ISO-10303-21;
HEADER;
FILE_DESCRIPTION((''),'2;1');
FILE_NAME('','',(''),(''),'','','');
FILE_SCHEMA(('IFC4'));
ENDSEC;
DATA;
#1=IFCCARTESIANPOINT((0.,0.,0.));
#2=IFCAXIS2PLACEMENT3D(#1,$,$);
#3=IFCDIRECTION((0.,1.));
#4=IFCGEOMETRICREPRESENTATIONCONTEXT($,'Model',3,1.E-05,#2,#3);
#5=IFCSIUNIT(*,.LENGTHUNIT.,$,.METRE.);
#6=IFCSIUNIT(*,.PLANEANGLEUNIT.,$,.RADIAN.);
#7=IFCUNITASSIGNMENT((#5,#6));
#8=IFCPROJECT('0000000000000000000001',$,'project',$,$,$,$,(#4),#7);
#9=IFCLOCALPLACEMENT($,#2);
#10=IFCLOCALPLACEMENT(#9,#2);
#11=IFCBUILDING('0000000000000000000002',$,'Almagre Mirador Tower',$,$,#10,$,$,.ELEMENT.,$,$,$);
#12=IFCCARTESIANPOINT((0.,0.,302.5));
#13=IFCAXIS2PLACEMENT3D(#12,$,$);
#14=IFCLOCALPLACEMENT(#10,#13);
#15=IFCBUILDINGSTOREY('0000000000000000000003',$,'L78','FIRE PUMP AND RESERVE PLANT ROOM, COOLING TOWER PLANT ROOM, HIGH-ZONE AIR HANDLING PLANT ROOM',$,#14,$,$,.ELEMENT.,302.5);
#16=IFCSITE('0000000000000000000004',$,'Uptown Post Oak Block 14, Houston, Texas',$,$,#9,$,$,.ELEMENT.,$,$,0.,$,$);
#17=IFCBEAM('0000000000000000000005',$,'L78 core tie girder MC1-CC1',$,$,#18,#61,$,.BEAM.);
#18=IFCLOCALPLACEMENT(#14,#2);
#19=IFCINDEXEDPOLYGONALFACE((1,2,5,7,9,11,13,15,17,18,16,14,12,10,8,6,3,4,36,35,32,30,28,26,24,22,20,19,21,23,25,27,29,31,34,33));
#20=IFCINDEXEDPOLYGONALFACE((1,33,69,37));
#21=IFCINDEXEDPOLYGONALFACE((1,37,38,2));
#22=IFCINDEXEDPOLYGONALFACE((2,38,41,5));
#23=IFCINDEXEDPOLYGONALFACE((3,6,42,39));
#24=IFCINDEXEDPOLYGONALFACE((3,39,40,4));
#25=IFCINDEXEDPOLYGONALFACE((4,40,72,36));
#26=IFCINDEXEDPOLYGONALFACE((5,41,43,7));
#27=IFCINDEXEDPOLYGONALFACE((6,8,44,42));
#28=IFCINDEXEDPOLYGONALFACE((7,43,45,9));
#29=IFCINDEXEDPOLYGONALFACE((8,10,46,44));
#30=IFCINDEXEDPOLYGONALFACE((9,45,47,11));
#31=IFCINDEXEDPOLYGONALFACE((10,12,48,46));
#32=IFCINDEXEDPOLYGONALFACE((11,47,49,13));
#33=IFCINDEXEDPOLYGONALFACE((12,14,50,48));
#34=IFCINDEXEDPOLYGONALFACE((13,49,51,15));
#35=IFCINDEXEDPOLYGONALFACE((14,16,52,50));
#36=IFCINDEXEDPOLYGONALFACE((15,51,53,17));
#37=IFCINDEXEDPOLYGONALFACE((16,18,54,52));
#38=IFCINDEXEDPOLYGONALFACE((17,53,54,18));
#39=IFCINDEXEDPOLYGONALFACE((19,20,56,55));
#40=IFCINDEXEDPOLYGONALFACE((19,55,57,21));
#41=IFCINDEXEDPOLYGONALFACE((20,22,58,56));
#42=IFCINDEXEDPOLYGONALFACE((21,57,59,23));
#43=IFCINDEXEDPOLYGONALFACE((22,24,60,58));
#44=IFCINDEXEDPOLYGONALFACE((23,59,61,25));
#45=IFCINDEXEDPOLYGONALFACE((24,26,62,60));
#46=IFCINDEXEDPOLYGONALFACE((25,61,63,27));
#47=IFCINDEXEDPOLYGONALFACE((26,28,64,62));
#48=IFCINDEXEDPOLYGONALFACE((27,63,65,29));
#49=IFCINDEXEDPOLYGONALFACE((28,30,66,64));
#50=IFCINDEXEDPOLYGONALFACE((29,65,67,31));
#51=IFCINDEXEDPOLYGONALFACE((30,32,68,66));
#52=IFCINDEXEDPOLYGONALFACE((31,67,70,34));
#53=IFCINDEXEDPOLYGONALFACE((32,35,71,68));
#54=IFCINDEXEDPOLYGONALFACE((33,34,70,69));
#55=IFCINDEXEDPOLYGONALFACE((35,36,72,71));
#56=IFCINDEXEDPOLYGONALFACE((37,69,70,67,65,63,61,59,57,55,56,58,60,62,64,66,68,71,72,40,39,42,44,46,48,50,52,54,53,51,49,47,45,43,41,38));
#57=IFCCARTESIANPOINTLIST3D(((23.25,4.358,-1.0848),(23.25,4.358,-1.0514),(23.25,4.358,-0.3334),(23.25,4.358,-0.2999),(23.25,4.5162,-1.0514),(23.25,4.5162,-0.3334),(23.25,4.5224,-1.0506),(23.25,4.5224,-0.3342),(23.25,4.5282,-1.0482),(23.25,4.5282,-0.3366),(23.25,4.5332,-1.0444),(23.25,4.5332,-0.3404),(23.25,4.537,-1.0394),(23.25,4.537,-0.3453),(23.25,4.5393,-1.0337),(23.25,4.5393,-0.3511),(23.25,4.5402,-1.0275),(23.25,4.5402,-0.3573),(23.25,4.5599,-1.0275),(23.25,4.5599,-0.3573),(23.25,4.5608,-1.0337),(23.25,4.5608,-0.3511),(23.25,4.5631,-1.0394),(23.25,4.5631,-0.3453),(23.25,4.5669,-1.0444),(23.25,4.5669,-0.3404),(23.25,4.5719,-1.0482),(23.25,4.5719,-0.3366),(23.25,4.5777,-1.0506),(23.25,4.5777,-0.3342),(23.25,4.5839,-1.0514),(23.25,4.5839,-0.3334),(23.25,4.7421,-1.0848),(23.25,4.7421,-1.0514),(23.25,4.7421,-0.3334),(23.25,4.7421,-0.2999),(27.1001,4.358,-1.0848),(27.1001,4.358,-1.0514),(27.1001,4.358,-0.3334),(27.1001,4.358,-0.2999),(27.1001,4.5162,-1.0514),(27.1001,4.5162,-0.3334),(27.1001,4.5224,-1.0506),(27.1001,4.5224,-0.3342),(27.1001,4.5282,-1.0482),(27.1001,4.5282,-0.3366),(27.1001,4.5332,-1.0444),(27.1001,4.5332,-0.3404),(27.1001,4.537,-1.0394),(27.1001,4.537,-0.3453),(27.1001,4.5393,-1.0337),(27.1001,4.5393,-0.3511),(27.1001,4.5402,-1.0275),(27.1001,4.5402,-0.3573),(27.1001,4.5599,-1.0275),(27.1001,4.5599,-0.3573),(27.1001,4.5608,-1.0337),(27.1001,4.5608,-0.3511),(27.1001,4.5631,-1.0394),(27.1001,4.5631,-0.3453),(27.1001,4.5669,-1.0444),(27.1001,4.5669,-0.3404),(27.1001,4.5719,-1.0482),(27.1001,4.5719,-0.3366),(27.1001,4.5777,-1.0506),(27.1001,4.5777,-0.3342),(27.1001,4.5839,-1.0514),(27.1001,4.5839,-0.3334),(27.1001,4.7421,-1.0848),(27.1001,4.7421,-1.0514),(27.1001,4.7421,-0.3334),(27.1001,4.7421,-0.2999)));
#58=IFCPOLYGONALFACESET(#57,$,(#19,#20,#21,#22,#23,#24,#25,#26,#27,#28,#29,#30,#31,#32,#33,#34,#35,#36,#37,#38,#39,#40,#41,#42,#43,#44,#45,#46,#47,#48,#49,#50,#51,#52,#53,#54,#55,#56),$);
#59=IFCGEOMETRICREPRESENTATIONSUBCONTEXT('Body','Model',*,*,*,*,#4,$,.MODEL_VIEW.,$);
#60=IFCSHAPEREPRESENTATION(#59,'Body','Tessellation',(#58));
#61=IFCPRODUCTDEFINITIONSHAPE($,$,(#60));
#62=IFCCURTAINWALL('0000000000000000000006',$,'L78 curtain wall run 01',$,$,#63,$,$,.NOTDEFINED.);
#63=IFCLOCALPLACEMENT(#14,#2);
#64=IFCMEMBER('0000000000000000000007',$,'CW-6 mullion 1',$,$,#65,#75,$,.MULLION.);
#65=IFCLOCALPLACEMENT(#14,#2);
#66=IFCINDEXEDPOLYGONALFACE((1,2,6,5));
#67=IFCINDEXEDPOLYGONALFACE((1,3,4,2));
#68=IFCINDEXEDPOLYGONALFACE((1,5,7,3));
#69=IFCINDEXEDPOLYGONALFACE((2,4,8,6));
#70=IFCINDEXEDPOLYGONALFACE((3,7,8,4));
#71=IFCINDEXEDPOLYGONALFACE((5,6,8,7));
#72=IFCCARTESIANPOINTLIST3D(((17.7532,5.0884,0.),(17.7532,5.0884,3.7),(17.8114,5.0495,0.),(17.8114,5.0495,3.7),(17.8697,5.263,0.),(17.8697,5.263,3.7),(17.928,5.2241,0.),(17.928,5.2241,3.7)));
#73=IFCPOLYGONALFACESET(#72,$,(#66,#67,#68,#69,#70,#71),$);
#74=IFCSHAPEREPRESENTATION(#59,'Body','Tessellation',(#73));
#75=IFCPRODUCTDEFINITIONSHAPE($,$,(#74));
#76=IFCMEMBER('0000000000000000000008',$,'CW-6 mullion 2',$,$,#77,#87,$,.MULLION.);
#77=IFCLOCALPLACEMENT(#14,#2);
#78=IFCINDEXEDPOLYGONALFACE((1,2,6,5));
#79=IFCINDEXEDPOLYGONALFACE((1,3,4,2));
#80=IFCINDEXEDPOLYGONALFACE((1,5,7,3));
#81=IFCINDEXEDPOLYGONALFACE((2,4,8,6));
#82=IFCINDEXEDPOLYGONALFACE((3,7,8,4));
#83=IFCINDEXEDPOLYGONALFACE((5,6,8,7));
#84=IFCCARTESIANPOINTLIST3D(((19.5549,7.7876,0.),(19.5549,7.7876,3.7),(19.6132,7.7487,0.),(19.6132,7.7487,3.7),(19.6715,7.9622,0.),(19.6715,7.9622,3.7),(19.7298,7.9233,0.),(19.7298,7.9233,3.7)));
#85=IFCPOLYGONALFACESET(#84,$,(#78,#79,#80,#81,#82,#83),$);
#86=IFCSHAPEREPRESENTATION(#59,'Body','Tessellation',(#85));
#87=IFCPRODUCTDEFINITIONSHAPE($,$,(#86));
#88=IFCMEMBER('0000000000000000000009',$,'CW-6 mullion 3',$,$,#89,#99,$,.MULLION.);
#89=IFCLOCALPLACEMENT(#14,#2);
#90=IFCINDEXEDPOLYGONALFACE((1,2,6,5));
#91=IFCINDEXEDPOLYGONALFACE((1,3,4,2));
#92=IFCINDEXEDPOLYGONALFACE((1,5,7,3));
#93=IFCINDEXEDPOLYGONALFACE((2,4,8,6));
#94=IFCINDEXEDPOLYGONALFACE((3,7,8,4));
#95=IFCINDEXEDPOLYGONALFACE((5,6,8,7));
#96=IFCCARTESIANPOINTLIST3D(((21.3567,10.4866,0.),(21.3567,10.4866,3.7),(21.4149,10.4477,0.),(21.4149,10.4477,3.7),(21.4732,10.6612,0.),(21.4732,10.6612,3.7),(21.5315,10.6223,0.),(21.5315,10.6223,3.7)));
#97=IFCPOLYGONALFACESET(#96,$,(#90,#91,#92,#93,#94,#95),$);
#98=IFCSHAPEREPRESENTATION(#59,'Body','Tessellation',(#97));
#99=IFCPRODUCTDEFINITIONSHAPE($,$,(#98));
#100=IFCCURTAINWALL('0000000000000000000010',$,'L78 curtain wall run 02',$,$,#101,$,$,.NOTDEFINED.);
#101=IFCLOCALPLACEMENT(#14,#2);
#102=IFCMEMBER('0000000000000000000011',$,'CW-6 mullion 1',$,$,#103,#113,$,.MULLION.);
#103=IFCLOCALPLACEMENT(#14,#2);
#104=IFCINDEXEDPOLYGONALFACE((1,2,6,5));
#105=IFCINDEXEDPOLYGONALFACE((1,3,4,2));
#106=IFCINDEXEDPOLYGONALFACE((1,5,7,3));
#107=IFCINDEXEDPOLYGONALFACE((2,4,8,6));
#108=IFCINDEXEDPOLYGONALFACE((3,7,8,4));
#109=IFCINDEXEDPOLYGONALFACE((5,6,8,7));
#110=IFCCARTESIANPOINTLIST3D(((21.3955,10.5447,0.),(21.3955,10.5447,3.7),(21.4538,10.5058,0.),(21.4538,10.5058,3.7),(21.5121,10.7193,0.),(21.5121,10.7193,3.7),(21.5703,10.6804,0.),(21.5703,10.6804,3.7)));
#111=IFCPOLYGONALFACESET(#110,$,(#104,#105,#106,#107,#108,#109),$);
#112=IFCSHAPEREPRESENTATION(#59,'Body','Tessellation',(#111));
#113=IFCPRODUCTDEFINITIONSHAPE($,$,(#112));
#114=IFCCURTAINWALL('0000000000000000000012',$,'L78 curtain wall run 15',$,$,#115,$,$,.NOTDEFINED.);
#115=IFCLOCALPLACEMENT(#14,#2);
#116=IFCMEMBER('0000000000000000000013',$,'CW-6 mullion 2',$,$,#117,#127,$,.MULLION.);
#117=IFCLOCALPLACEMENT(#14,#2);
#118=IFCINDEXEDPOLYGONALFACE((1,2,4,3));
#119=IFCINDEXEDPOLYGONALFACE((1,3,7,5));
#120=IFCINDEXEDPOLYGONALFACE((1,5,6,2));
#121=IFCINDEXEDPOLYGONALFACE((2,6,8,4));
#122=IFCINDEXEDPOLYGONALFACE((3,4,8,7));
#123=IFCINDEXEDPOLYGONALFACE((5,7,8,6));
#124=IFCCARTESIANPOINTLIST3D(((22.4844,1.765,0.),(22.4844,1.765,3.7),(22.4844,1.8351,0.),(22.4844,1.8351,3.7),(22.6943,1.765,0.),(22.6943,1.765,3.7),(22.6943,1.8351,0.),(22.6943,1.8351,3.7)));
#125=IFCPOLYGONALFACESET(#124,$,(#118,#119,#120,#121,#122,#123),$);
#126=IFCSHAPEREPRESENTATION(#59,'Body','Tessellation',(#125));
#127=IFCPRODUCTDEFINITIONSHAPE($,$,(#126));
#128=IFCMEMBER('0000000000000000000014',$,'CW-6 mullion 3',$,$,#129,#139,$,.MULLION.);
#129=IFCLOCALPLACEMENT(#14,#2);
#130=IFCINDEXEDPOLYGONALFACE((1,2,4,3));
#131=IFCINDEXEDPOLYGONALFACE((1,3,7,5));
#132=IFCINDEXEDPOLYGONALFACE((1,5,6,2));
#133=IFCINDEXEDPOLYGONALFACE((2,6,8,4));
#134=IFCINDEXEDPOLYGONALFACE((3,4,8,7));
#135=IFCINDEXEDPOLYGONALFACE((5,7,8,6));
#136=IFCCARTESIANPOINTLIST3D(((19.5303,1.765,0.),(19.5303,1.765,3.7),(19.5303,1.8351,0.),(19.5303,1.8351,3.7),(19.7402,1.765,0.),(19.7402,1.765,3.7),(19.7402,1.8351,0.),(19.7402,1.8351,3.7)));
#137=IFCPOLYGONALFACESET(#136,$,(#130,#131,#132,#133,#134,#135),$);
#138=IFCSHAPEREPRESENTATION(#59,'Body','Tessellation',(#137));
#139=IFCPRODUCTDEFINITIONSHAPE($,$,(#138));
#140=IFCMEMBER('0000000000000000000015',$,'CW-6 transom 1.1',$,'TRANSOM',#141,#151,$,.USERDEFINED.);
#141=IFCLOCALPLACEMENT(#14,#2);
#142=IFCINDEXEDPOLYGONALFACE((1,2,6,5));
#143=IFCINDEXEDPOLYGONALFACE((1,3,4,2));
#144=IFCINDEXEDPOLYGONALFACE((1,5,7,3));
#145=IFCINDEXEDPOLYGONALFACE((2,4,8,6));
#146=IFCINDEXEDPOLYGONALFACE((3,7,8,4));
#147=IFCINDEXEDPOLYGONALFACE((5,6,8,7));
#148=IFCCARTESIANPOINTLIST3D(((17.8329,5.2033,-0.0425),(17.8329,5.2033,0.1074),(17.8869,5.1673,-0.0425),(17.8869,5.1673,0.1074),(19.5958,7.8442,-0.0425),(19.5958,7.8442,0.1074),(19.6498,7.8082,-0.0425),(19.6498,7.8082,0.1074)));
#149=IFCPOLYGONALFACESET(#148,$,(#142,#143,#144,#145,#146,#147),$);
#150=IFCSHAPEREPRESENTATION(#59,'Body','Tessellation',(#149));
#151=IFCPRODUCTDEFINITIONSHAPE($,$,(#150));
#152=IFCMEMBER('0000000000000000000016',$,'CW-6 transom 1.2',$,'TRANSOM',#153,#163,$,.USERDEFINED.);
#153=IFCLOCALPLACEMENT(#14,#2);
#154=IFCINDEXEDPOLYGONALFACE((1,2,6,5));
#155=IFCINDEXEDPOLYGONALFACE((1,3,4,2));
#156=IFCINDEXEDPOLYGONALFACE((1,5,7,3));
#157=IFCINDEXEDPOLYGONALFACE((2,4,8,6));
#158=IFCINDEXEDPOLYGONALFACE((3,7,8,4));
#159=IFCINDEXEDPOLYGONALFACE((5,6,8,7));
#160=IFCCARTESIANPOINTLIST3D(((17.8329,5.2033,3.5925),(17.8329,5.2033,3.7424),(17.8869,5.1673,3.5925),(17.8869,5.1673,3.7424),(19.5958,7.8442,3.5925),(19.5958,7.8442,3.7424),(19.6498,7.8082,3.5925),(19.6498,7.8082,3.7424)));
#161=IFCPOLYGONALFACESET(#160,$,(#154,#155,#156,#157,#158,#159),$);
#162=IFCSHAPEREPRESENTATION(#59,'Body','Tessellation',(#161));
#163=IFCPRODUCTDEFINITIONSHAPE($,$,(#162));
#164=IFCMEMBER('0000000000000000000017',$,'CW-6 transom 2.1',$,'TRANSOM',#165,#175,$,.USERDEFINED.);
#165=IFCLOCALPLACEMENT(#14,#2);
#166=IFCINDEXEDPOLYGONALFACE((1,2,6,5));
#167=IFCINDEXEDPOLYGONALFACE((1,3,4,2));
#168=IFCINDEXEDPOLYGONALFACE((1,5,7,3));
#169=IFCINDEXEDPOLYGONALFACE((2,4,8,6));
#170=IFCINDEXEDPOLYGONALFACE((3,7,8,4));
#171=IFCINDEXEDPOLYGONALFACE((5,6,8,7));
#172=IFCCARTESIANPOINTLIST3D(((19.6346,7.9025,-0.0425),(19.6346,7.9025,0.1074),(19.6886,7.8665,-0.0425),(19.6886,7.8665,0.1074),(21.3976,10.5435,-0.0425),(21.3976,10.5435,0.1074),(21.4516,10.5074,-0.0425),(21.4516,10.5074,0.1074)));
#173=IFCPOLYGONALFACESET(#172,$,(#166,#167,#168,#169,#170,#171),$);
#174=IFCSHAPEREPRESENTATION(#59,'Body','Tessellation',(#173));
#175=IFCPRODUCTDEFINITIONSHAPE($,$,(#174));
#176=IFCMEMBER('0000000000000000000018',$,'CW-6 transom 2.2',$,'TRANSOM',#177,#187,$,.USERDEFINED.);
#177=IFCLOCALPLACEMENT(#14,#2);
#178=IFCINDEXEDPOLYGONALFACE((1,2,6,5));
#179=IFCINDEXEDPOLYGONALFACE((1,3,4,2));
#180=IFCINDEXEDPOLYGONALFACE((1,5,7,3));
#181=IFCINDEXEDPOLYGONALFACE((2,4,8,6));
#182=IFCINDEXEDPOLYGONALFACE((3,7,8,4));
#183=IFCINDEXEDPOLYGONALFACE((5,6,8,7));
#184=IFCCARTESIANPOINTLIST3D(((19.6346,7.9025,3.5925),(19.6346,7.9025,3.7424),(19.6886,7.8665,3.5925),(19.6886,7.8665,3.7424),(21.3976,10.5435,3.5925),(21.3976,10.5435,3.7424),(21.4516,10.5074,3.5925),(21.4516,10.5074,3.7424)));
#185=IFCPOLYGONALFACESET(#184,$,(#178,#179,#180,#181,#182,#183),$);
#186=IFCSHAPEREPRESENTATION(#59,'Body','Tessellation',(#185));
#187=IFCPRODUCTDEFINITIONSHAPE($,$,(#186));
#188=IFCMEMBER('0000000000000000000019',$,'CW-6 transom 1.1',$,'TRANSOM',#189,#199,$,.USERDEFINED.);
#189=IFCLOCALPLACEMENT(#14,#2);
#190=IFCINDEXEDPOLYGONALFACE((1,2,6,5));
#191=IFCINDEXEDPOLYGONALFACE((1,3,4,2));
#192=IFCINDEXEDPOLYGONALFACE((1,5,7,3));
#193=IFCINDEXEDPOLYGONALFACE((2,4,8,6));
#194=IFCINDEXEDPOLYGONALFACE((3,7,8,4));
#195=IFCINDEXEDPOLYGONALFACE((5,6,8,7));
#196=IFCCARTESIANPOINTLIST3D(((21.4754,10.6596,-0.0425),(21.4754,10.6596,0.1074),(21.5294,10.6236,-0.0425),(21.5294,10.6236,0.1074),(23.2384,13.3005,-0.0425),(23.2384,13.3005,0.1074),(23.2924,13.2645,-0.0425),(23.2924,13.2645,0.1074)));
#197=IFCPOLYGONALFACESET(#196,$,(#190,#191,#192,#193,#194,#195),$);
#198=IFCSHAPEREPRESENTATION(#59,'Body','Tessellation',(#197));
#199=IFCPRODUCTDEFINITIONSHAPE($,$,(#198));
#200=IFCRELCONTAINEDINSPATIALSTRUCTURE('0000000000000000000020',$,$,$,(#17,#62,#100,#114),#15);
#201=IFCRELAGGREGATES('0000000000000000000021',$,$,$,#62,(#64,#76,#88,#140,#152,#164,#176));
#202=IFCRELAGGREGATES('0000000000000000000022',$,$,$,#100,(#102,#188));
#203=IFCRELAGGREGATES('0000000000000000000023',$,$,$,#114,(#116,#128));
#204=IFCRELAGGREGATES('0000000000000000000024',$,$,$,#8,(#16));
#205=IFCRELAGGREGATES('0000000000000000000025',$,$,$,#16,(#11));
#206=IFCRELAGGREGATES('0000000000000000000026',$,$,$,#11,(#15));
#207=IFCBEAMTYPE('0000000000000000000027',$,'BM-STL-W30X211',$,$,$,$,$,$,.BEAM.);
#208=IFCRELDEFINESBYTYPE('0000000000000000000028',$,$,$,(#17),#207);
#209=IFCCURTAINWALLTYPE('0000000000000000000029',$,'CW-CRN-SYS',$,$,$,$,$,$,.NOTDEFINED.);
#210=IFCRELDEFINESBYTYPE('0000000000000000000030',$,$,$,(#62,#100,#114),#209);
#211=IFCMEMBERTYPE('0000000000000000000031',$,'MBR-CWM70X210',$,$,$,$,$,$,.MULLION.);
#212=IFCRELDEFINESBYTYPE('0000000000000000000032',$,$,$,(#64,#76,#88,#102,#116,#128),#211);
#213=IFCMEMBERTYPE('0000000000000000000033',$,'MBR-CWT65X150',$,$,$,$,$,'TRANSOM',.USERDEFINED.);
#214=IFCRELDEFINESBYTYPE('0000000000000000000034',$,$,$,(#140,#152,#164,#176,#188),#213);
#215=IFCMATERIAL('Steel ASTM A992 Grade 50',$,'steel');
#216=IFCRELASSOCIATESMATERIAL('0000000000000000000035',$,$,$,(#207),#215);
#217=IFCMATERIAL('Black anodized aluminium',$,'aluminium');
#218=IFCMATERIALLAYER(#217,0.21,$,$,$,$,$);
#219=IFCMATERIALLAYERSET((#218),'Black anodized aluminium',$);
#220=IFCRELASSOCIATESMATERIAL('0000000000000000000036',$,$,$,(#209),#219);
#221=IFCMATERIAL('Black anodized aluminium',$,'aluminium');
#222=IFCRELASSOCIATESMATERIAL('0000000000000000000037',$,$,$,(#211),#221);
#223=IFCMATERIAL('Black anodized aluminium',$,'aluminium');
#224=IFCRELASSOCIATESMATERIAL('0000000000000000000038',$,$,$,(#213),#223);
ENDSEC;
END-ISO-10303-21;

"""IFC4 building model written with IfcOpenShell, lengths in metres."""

from ifc_helpers import new_model, si_unit, direction, frame, origin, origin_2d, place, context, subcontext, project, spatial, rectangle, i_section, extrude, material, layer, layer_set, material_profile, profile_set, type_object, element, aggregate, save


model = new_model("IFC4")

# Units and contexts
model_context = context("Model", 3, precision=1e-05, world=origin(), true_north=direction((0.0, 1.0)))
body_context = subcontext(model_context, "Body", "Model", "MODEL_VIEW")
ifc_project = project(units=[si_unit("LENGTHUNIT", "METRE"), si_unit("PLANEANGLEUNIT", "RADIAN")], contexts=[model_context])

# Site, building, storey
site_placement = place(None, origin())
site = spatial("IfcSite", under=ifc_project, at=site_placement, Name="Uptown Post Oak Block 14, Houston, Texas", CompositionType="ELEMENT", RefElevation=0.0)
building_placement = place(site_placement, origin())
building = spatial("IfcBuilding", under=site, at=building_placement, Name="Almagre Mirador Tower", CompositionType="ELEMENT")
storey_placement = place(building_placement, frame((0.0, 0.0, 302.5)))
storey = spatial("IfcBuildingStorey", under=building, at=storey_placement, Name="L78", Description="FIRE PUMP AND RESERVE PLANT ROOM, COOLING TOWER PLANT ROOM, HIGH-ZONE AIR HANDLING PLANT ROOM", CompositionType="ELEMENT", Elevation=302.5)

# Beam
ifc_material_1 = material(Name="Steel ASTM A992 Grade 50", Category="steel")
ifc_material_profile_1 = material_profile(ifc_material_1, i_section(OverallWidth=0.384, OverallDepth=0.7849, WebThickness=0.0198, FlangeThickness=0.0334, FilletRadius=0.0239, at=origin_2d()), Name="W30X211")
ifc_profile_set_1 = profile_set([ifc_material_profile_1], Name="Steel ASTM A992 Grade 50")
beam_type_1 = type_object("IfcBeamType", Name="BM-STL-W30X211", PredefinedType="BEAM", material=ifc_profile_set_1)
beam_1_placement = place(storey_placement, frame((23.25, 4.55, -0.6924), z_axis=(1.0, 0.0, 0.0), x_axis=(0.0, 1.0, 0.0)))
element("IfcBeam", 1, at=beam_1_placement, inside=storey, type_object=beam_type_1, Name="L78 core tie girder MC1-CC1", PredefinedType="BEAM", context=body_context, shape_type="SweptSolid", body=[
    extrude(i_section(OverallWidth=0.384, OverallDepth=0.7849, WebThickness=0.0198, FlangeThickness=0.0334, FilletRadius=0.0239, at=origin_2d()), origin(), (0.0, 0.0, 1.0), 3.8501),
])

# Curtain wall, members
ifc_material_2 = material(Name="Black anodized aluminium", Category="aluminium")
ifc_layer_1 = layer(ifc_material_2, 0.21)
ifc_layer_set_1 = layer_set([ifc_layer_1], Name="Black anodized aluminium")
curtain_wall_type = type_object("IfcCurtainWallType", Name="CW-CRN-SYS", PredefinedType="NOTDEFINED", material=ifc_layer_set_1)
curtain_wall_1_placement = place(storey_placement, origin())
curtain_wall_1 = element("IfcCurtainWall", 2, at=curtain_wall_1_placement, inside=storey, type_object=curtain_wall_type, Name="L78 curtain wall run 01", PredefinedType="NOTDEFINED")
ifc_material_3 = material(Name="Black anodized aluminium", Category="aluminium")
ifc_material_profile_2 = material_profile(ifc_material_3, rectangle(XDim=0.0701, YDim=0.21, at=origin_2d()), Name="CWM70X210")
ifc_profile_set_2 = profile_set([ifc_material_profile_2], Name="Black anodized aluminium")
member_type_1 = type_object("IfcMemberType", Name="MBR-CWM70X210", PredefinedType="MULLION", material=ifc_profile_set_2)
member_1_placement = place(storey_placement, frame((17.8406, 5.1562, 0.0), z_axis=(0.0, 0.0, 1.0), x_axis=(-0.831708, 0.555214, 0.0)))
member_1 = element("IfcMember", 3, at=member_1_placement, type_object=member_type_1, Name="CW-6 mullion 1", PredefinedType="MULLION", context=body_context, shape_type="SweptSolid", body=[
    extrude(rectangle(XDim=0.0701, YDim=0.21, at=origin_2d()), origin(), (0.0, 0.0, 1.0), 3.7),
])
member_2_placement = place(storey_placement, frame((19.6423, 7.8555, 0.0), z_axis=(0.0, 0.0, 1.0), x_axis=(-0.831708, 0.555214, 0.0)))
member_2 = element("IfcMember", 4, at=member_2_placement, type_object=member_type_1, Name="CW-6 mullion 2", PredefinedType="MULLION", context=body_context, shape_type="SweptSolid", body=[
    extrude(rectangle(XDim=0.0701, YDim=0.21, at=origin_2d()), origin(), (0.0, 0.0, 1.0), 3.7),
])
member_3_placement = place(storey_placement, frame((21.4441, 10.5544, 0.0), z_axis=(0.0, 0.0, 1.0), x_axis=(-0.831708, 0.555214, 0.0)))
member_3 = element("IfcMember", 5, at=member_3_placement, type_object=member_type_1, Name="CW-6 mullion 3", PredefinedType="MULLION", context=body_context, shape_type="SweptSolid", body=[
    extrude(rectangle(XDim=0.0701, YDim=0.21, at=origin_2d()), origin(), (0.0, 0.0, 1.0), 3.7),
])

# Curtain wall, member
curtain_wall_2_placement = place(storey_placement, origin())
curtain_wall_2 = element("IfcCurtainWall", 6, at=curtain_wall_2_placement, inside=storey, type_object=curtain_wall_type, Name="L78 curtain wall run 02", PredefinedType="NOTDEFINED")
member_4_placement = place(storey_placement, frame((21.4829, 10.6125, 0.0), z_axis=(0.0, 0.0, 1.0), x_axis=(-0.831708, 0.555214, 0.0)))
member_4 = element("IfcMember", 7, at=member_4_placement, type_object=member_type_1, Name="CW-6 mullion 1", PredefinedType="MULLION", context=body_context, shape_type="SweptSolid", body=[
    extrude(rectangle(XDim=0.0701, YDim=0.21, at=origin_2d()), origin(), (0.0, 0.0, 1.0), 3.7),
])

# Curtain wall, members
curtain_wall_3_placement = place(storey_placement, origin())
curtain_wall_3 = element("IfcCurtainWall", 8, at=curtain_wall_3_placement, inside=storey, type_object=curtain_wall_type, Name="L78 curtain wall run 15", PredefinedType="NOTDEFINED")
member_5_placement = place(storey_placement, frame((22.5894, 1.8, 0.0), z_axis=(0.0, 0.0, 1.0), x_axis=(0.0, -1.0, 0.0)))
member_5 = element("IfcMember", 9, at=member_5_placement, type_object=member_type_1, Name="CW-6 mullion 2", PredefinedType="MULLION", context=body_context, shape_type="SweptSolid", body=[
    extrude(rectangle(XDim=0.0701, YDim=0.21, at=origin_2d()), origin(), (0.0, 0.0, 1.0), 3.7),
])
member_6_placement = place(storey_placement, frame((19.6353, 1.8, 0.0), z_axis=(0.0, 0.0, 1.0), x_axis=(0.0, -1.0, 0.0)))
member_6 = element("IfcMember", 10, at=member_6_placement, type_object=member_type_1, Name="CW-6 mullion 3", PredefinedType="MULLION", context=body_context, shape_type="SweptSolid", body=[
    extrude(rectangle(XDim=0.0701, YDim=0.21, at=origin_2d()), origin(), (0.0, 0.0, 1.0), 3.7),
])

# Members
ifc_material_4 = material(Name="Black anodized aluminium", Category="aluminium")
ifc_material_profile_3 = material_profile(ifc_material_4, rectangle(XDim=0.0649, YDim=0.1499, at=origin_2d()), Name="CWT65X150")
ifc_profile_set_3 = profile_set([ifc_material_profile_3], Name="Black anodized aluminium")
member_type_2 = type_object("IfcMemberType", Name="MBR-CWT65X150", ElementType="TRANSOM", PredefinedType="USERDEFINED", material=ifc_profile_set_3)
member_7_placement = place(storey_placement, frame((17.8599, 5.1853, 0.0325), z_axis=(0.555215, 0.831707, 0.0), x_axis=(-0.831707, 0.555215, 0.0)))
member_7 = element("IfcMember", 11, at=member_7_placement, type_object=member_type_2, Name="CW-6 transom 1.1", ObjectType="TRANSOM", PredefinedType="USERDEFINED", context=body_context, shape_type="SweptSolid", body=[
    extrude(rectangle(XDim=0.0649, YDim=0.1499, at=origin_2d()), origin(), (0.0, 0.0, 1.0), 3.1753),
])
member_8_placement = place(storey_placement, frame((17.8599, 5.1853, 3.6675), z_axis=(0.555215, 0.831707, 0.0), x_axis=(-0.831707, 0.555215, 0.0)))
member_8 = element("IfcMember", 12, at=member_8_placement, type_object=member_type_2, Name="CW-6 transom 1.2", ObjectType="TRANSOM", PredefinedType="USERDEFINED", context=body_context, shape_type="SweptSolid", body=[
    extrude(rectangle(XDim=0.0649, YDim=0.1499, at=origin_2d()), origin(), (0.0, 0.0, 1.0), 3.1753),
])
member_9_placement = place(storey_placement, frame((19.6616, 7.8845, 0.0325), z_axis=(0.555215, 0.831707, 0.0), x_axis=(-0.831707, 0.555215, 0.0)))
member_9 = element("IfcMember", 13, at=member_9_placement, type_object=member_type_2, Name="CW-6 transom 2.1", ObjectType="TRANSOM", PredefinedType="USERDEFINED", context=body_context, shape_type="SweptSolid", body=[
    extrude(rectangle(XDim=0.0649, YDim=0.1499, at=origin_2d()), origin(), (0.0, 0.0, 1.0), 3.1753),
])
member_10_placement = place(storey_placement, frame((19.6616, 7.8845, 3.6675), z_axis=(0.555215, 0.831707, 0.0), x_axis=(-0.831707, 0.555215, 0.0)))
member_10 = element("IfcMember", 14, at=member_10_placement, type_object=member_type_2, Name="CW-6 transom 2.2", ObjectType="TRANSOM", PredefinedType="USERDEFINED", context=body_context, shape_type="SweptSolid", body=[
    extrude(rectangle(XDim=0.0649, YDim=0.1499, at=origin_2d()), origin(), (0.0, 0.0, 1.0), 3.1753),
])
member_11_placement = place(storey_placement, frame((21.5024, 10.6416, 0.0325), z_axis=(0.555215, 0.831707, 0.0), x_axis=(-0.831707, 0.555215, 0.0)))
member_11 = element("IfcMember", 15, at=member_11_placement, type_object=member_type_2, Name="CW-6 transom 1.1", ObjectType="TRANSOM", PredefinedType="USERDEFINED", context=body_context, shape_type="SweptSolid", body=[
    extrude(rectangle(XDim=0.0649, YDim=0.1499, at=origin_2d()), origin(), (0.0, 0.0, 1.0), 3.1753),
])

aggregate(curtain_wall_1, [member_1, member_2, member_3, member_7, member_8, member_9, member_10])
aggregate(curtain_wall_2, [member_4, member_11])
aggregate(curtain_wall_3, [member_5, member_6])

save(model, "model.ifc")
